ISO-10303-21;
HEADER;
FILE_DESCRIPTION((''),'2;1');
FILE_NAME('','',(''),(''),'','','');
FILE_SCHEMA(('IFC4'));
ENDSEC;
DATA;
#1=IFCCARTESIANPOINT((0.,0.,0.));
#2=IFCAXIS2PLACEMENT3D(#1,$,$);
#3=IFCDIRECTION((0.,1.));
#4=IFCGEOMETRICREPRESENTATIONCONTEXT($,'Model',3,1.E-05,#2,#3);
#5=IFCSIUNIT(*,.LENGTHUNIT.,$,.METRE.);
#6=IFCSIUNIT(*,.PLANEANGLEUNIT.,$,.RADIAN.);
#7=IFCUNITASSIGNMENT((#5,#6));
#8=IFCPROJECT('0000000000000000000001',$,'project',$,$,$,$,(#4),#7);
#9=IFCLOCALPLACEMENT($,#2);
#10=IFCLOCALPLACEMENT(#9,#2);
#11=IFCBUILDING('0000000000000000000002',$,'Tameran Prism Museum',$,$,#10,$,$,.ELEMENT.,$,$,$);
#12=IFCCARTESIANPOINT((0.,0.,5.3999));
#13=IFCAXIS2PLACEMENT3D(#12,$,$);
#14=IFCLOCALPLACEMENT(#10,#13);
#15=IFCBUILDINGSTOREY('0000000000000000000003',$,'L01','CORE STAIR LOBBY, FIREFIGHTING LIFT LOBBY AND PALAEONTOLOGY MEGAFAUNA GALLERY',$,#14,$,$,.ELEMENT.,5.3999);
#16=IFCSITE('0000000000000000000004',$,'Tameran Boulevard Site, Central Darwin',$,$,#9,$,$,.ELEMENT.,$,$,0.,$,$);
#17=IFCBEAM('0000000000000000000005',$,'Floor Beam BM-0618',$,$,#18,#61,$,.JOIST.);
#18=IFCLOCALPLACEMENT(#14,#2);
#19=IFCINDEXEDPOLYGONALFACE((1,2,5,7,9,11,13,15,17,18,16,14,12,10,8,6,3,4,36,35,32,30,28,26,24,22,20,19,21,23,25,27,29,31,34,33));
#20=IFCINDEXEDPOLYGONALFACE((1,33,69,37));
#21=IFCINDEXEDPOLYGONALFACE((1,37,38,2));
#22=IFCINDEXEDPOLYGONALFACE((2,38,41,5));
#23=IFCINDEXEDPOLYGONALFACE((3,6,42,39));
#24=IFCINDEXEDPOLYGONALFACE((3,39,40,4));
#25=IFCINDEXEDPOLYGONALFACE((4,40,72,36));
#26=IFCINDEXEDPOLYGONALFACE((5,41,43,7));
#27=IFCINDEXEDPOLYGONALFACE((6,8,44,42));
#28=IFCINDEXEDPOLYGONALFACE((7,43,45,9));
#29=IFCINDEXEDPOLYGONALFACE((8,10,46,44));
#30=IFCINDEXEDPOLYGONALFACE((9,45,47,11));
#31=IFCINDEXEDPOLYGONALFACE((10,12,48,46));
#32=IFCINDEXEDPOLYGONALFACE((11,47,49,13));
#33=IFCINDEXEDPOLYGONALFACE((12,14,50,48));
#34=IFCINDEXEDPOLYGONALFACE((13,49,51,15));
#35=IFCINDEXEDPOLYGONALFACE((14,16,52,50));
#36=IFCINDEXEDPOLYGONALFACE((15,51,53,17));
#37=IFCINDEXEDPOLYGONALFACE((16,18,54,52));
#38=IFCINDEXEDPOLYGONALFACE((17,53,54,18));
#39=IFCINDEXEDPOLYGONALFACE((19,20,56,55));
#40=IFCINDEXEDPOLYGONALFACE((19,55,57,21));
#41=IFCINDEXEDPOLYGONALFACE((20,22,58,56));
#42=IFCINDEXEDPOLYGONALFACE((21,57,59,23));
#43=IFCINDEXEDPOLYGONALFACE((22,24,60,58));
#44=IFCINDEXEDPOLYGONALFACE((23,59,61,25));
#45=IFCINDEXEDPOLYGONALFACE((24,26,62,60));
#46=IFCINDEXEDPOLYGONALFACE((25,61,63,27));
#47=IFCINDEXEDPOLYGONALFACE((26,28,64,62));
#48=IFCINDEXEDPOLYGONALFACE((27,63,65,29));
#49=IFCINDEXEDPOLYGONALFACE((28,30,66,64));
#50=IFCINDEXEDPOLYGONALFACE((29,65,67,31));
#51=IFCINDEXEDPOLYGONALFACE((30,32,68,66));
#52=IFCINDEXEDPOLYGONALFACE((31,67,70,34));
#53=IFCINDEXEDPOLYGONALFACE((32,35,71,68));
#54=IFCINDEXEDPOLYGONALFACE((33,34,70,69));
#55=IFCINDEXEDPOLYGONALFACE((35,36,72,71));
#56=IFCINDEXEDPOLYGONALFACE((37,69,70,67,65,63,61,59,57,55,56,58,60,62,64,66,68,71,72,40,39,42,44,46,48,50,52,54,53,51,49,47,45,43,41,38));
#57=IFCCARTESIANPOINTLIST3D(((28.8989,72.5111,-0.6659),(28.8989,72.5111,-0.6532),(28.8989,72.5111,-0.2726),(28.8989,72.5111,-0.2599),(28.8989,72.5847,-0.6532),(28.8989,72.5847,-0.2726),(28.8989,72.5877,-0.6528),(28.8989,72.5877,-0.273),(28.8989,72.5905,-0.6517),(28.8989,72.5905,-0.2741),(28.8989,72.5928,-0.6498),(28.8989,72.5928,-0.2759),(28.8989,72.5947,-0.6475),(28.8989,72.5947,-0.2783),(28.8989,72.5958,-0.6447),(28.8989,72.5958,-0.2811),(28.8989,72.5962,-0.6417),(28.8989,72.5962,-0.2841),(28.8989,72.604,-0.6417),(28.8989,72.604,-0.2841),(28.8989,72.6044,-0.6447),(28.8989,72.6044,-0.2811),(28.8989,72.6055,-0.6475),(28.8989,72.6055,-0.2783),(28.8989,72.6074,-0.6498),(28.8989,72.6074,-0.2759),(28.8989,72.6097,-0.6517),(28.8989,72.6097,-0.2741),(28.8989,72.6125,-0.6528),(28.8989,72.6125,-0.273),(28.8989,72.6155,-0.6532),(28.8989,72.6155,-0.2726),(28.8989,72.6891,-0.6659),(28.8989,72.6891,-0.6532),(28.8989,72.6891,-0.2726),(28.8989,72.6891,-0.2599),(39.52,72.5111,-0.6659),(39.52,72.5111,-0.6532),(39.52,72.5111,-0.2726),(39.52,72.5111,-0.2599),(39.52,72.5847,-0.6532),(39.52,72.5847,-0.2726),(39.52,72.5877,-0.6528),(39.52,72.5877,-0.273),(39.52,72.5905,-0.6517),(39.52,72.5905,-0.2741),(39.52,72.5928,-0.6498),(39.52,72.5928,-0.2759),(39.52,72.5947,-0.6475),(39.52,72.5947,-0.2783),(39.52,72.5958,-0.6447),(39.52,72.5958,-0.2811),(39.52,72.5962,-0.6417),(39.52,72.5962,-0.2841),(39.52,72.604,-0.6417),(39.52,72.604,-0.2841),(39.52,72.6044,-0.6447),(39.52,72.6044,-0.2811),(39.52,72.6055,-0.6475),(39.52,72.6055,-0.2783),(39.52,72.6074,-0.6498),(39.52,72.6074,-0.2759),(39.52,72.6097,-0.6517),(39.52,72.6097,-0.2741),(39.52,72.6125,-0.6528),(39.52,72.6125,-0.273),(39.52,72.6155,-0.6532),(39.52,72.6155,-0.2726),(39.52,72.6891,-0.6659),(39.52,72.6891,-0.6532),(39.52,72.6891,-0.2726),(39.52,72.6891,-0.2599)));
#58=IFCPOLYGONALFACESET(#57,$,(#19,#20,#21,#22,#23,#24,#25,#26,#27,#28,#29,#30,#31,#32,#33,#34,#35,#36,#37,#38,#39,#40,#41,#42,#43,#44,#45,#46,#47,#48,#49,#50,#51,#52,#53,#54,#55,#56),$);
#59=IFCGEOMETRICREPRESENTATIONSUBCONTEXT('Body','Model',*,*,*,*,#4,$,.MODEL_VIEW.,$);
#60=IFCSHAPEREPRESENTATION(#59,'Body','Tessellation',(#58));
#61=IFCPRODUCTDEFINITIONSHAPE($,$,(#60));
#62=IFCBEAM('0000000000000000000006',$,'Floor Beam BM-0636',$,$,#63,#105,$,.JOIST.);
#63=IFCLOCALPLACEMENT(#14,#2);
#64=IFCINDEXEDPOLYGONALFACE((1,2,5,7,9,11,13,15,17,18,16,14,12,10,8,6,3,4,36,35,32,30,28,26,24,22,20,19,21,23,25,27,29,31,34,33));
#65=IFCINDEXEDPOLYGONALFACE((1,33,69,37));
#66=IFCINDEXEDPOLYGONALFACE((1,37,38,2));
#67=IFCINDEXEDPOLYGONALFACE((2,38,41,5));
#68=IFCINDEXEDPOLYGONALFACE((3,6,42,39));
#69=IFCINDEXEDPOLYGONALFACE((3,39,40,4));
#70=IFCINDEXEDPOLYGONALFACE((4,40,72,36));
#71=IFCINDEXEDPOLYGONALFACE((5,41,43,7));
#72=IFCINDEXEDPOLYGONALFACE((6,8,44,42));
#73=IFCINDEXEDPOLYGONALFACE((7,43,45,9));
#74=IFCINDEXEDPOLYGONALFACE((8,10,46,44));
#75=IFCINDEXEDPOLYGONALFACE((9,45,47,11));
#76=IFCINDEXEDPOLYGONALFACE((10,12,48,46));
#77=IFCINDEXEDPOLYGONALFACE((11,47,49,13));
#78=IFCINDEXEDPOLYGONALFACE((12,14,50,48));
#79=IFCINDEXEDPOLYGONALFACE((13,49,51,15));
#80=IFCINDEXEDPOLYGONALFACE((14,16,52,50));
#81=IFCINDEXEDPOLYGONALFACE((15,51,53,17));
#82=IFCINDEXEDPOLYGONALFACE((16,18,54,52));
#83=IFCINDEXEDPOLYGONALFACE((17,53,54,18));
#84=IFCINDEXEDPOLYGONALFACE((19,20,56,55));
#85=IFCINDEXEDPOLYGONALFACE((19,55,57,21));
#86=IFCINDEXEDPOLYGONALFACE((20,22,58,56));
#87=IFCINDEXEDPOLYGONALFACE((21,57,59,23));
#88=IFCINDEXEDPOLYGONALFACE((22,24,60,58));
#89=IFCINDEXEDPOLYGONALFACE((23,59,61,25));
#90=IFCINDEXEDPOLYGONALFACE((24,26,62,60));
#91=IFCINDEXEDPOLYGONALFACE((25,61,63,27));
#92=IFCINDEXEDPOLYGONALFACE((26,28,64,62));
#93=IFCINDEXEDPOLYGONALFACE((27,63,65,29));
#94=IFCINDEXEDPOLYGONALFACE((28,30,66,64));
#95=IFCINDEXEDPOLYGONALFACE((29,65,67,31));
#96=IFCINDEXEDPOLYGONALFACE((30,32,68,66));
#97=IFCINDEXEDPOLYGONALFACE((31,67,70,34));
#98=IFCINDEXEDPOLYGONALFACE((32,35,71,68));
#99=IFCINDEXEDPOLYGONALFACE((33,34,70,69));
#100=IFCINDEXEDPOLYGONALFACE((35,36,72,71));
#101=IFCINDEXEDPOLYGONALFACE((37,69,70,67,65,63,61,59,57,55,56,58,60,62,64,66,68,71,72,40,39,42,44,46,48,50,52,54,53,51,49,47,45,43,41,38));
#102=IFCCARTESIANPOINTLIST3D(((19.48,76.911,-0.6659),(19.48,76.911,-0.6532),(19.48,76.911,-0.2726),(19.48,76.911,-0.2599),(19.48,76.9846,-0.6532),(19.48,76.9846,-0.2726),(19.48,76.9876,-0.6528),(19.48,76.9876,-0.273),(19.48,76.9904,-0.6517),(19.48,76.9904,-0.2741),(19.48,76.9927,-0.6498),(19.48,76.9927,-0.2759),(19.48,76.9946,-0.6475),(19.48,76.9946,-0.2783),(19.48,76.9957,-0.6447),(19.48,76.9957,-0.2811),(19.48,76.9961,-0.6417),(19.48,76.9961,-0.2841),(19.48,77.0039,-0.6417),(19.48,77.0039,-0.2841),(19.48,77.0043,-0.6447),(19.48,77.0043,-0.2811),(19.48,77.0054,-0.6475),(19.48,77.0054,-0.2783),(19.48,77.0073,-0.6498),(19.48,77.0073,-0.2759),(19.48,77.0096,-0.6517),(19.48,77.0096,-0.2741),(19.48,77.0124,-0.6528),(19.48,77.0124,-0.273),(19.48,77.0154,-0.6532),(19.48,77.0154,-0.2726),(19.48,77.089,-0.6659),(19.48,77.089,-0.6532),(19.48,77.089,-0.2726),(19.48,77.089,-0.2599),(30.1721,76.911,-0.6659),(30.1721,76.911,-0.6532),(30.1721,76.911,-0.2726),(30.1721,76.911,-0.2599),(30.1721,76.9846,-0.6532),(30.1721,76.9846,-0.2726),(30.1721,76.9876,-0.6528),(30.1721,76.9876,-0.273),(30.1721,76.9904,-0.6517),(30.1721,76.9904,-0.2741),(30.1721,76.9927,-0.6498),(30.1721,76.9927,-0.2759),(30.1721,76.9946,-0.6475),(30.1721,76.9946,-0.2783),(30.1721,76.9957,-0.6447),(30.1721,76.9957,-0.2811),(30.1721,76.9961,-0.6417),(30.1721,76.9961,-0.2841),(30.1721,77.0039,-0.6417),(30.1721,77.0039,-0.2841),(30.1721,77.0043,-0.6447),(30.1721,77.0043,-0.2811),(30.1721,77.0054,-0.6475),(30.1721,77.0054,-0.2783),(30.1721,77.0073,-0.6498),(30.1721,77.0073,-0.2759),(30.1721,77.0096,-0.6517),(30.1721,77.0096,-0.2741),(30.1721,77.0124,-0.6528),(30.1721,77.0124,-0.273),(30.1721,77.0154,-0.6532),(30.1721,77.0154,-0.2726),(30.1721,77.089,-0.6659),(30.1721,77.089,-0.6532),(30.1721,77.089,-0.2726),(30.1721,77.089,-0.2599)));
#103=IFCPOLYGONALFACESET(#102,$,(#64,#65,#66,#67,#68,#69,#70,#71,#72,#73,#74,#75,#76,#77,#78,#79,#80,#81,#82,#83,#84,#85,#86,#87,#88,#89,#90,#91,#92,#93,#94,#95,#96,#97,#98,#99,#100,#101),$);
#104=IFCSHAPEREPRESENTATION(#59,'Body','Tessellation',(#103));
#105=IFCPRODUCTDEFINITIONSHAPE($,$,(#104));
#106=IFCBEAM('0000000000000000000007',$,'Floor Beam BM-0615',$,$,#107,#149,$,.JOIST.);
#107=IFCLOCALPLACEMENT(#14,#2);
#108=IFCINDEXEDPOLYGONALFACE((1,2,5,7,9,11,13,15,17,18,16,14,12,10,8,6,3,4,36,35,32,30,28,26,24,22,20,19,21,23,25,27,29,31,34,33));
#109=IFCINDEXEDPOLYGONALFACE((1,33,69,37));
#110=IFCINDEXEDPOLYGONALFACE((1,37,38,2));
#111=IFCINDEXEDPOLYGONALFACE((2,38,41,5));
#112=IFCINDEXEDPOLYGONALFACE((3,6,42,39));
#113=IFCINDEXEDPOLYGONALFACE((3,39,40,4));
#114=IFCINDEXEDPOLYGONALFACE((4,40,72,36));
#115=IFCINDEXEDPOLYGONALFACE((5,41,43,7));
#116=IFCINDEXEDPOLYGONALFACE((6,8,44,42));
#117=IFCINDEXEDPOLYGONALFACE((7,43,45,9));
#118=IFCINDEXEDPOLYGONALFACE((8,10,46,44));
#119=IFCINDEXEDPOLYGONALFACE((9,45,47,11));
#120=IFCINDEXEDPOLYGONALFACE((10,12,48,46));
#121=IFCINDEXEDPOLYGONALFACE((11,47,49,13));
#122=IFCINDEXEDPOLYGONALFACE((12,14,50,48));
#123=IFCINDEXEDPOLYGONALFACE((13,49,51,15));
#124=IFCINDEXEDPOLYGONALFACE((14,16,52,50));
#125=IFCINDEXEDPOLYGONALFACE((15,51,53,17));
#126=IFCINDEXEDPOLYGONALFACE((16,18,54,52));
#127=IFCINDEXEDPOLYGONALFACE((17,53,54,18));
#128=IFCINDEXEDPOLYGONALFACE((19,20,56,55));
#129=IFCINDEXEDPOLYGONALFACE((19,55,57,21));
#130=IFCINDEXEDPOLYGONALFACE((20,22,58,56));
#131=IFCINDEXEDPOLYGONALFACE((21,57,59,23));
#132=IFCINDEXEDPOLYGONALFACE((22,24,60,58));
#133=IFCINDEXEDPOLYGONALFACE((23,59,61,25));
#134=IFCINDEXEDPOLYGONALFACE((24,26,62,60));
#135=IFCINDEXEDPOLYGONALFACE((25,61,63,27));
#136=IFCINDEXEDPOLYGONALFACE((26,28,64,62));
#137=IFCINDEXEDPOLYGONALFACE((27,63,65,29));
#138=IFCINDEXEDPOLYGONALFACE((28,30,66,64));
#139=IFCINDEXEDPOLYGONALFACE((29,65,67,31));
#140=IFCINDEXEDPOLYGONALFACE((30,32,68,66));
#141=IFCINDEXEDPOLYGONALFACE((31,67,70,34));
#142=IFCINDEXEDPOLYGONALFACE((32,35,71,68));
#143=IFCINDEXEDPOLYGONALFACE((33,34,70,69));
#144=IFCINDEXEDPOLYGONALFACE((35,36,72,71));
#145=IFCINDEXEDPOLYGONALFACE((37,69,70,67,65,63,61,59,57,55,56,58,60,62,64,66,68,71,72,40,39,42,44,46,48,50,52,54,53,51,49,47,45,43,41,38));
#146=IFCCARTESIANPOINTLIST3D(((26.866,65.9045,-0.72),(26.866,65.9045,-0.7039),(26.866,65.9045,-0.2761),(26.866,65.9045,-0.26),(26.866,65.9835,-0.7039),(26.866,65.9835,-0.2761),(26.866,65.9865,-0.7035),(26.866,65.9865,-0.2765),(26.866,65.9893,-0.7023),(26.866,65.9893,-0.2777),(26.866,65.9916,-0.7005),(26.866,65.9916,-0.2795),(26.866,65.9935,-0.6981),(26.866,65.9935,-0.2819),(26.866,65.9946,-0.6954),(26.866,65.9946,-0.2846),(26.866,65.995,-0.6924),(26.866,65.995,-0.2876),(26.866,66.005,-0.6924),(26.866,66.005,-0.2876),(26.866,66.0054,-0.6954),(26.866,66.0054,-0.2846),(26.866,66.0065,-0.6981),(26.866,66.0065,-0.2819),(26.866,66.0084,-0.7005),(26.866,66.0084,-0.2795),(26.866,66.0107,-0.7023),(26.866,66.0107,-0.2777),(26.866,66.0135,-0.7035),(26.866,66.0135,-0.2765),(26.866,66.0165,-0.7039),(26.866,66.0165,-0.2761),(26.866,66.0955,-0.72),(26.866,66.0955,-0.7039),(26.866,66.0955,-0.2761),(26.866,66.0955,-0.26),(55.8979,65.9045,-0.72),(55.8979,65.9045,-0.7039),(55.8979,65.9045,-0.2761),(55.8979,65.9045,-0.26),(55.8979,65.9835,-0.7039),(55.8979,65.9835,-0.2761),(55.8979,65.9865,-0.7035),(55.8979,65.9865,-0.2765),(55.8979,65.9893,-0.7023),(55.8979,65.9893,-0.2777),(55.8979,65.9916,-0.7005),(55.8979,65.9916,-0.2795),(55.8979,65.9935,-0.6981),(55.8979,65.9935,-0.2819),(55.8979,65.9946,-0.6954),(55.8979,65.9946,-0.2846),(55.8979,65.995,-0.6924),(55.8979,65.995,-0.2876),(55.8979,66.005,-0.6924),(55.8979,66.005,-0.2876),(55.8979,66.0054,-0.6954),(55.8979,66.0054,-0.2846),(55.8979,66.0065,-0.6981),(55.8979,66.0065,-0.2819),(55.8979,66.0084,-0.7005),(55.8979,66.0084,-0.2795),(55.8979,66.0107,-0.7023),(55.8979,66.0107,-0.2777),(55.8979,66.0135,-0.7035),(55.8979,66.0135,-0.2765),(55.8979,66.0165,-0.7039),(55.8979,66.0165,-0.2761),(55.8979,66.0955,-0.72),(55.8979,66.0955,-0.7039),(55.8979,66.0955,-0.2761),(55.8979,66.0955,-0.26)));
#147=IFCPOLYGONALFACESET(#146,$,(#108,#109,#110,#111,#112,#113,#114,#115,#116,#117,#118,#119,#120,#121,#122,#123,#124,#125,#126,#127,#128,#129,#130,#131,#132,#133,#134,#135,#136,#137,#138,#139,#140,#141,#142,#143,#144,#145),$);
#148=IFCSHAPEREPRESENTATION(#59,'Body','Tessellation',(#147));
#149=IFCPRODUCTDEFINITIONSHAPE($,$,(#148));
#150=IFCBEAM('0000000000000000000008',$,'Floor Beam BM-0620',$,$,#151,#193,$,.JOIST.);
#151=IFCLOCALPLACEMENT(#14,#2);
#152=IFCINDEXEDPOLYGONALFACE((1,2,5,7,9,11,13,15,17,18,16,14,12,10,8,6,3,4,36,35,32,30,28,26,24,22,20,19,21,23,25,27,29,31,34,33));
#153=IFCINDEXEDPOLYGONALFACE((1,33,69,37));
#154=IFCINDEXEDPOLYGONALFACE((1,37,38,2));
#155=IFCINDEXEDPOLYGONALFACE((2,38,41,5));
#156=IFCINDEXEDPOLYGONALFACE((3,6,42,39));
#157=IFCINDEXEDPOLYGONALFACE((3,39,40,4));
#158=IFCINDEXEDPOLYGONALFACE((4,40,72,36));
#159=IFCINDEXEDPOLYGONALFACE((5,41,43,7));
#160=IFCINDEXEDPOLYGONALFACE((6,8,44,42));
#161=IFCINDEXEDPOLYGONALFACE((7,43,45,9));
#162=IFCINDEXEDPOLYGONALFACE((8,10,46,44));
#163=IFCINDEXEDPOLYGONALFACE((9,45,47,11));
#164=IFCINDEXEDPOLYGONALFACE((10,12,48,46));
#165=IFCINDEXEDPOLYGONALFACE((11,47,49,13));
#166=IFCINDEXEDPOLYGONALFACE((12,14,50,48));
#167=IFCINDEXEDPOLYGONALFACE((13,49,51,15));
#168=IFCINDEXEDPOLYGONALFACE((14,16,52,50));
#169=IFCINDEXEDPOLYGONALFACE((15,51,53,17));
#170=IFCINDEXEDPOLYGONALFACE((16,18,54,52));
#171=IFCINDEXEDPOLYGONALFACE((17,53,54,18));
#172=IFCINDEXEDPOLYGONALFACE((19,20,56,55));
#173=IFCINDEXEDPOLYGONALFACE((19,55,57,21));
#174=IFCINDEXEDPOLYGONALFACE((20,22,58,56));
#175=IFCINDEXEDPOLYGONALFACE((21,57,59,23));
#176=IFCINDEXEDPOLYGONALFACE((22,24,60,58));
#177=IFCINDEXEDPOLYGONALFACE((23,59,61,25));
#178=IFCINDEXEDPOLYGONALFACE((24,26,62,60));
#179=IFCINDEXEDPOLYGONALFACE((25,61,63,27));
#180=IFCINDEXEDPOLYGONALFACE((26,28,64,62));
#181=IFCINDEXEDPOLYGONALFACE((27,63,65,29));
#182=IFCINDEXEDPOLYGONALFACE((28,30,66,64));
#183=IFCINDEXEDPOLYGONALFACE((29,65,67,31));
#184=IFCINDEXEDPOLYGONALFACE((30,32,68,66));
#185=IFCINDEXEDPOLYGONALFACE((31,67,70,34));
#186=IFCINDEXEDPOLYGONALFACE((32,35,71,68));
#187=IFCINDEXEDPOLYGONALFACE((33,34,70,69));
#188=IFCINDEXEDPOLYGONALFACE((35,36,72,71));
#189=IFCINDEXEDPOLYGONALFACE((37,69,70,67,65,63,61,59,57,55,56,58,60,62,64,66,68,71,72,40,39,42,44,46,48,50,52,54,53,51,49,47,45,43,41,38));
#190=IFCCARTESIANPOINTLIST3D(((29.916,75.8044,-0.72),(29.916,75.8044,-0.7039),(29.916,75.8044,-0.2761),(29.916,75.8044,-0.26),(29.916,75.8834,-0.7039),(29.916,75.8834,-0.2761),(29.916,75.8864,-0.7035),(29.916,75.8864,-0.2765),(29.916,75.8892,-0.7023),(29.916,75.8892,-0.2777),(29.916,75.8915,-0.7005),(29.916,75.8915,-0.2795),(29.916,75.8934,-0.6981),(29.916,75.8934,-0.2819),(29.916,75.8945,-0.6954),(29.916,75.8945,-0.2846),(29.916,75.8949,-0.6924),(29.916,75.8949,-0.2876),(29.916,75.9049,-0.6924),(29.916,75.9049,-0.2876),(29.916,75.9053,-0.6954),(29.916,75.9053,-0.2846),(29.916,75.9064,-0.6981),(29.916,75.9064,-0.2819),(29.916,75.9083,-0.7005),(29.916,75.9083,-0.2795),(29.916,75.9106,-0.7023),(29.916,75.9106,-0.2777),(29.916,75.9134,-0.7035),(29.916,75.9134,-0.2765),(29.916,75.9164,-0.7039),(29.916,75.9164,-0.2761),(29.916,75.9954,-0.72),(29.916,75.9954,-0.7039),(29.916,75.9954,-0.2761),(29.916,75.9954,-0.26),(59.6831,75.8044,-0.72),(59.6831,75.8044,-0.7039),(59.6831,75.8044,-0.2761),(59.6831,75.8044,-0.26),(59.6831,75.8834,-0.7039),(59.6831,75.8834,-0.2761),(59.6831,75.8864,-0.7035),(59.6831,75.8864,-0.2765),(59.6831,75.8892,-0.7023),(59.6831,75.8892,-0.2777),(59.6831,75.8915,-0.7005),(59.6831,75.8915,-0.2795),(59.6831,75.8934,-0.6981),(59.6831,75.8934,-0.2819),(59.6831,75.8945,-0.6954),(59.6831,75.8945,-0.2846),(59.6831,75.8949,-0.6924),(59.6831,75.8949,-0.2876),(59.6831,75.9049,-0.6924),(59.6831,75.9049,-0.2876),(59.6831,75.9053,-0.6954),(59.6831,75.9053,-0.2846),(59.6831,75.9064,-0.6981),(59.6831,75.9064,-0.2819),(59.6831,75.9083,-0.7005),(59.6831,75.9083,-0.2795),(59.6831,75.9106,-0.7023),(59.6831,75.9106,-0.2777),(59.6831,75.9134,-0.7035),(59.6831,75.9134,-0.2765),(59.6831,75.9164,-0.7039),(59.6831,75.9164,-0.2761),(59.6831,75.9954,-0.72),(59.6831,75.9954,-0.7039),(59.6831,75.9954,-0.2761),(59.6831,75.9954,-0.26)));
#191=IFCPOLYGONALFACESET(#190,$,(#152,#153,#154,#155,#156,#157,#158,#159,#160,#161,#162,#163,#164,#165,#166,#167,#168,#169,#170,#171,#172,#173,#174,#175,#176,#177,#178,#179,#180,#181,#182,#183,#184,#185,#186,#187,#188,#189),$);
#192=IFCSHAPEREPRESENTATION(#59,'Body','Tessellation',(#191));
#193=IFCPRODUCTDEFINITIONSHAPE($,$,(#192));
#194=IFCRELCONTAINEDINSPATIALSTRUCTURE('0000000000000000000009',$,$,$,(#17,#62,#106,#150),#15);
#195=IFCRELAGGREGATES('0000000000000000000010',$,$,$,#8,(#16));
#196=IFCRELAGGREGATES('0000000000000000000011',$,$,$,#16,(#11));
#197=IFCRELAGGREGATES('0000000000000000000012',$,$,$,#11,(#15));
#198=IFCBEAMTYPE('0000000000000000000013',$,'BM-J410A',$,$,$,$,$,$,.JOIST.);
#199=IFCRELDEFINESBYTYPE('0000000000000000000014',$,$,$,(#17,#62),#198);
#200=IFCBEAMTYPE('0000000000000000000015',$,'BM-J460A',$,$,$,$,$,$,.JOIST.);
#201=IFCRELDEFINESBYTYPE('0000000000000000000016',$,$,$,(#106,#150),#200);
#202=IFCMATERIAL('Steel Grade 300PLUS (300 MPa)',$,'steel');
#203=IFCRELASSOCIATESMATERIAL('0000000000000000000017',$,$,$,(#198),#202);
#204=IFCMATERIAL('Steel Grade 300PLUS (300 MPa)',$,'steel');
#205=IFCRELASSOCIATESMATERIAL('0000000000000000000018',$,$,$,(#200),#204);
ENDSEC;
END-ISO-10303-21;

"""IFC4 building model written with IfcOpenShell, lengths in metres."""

from ifc_helpers import new_model, si_unit, direction, frame, origin, origin_2d, place, context, subcontext, project, spatial, i_section, extrude, material, material_profile, profile_set, type_object, element, save


model = new_model("IFC4")

# Units and contexts
model_context = context("Model", 3, precision=1e-05, world=origin(), true_north=direction((0.0, 1.0)))
body_context = subcontext(model_context, "Body", "Model", "MODEL_VIEW")
ifc_project = project(units=[si_unit("LENGTHUNIT", "METRE"), si_unit("PLANEANGLEUNIT", "RADIAN")], contexts=[model_context])

# Site, building, storey
site_placement = place(None, origin())
site = spatial("IfcSite", under=ifc_project, at=site_placement, Name="Tameran Boulevard Site, Central Darwin", CompositionType="ELEMENT", RefElevation=0.0)
building_placement = place(site_placement, origin())
building = spatial("IfcBuilding", under=site, at=building_placement, Name="Tameran Prism Museum", CompositionType="ELEMENT")
storey_placement = place(building_placement, frame((0.0, 0.0, 5.3999)))
storey = spatial("IfcBuildingStorey", under=building, at=storey_placement, Name="L01", Description="CORE STAIR LOBBY, FIREFIGHTING LIFT LOBBY AND PALAEONTOLOGY MEGAFAUNA GALLERY", CompositionType="ELEMENT", Elevation=5.3999)

# Beams
ifc_material_1 = material(Name="Steel Grade 300PLUS (300 MPa)", Category="steel")
ifc_material_profile_1 = material_profile(ifc_material_1, i_section(OverallWidth=0.178, OverallDepth=0.406, WebThickness=0.0078, FlangeThickness=0.0127, FilletRadius=0.0115, at=origin_2d()))
ifc_profile_set_1 = profile_set([ifc_material_profile_1])
beam_type_1 = type_object("IfcBeamType", Name="BM-J410A", PredefinedType="JOIST", material=ifc_profile_set_1)
beam_1_placement = place(storey_placement, frame((28.8989, 72.6001, -0.4629), z_axis=(1.0, 0.0, 0.0), x_axis=(0.0, 1.0, 0.0)))
element("IfcBeam", 1, at=beam_1_placement, inside=storey, type_object=beam_type_1, Name="Floor Beam BM-0618", PredefinedType="JOIST", context=body_context, shape_type="SweptSolid", body=[
    extrude(i_section(OverallWidth=0.178, OverallDepth=0.406, WebThickness=0.0078, FlangeThickness=0.0127, FilletRadius=0.0115, at=origin_2d()), origin(), (0.0, 0.0, 1.0), 10.6211),
])
beam_2_placement = place(storey_placement, frame((19.48, 77.0, -0.4629), z_axis=(1.0, 0.0, 0.0), x_axis=(0.0, 1.0, 0.0)))
element("IfcBeam", 2, at=beam_2_placement, inside=storey, type_object=beam_type_1, Name="Floor Beam BM-0636", PredefinedType="JOIST", context=body_context, shape_type="SweptSolid", body=[
    extrude(i_section(OverallWidth=0.178, OverallDepth=0.406, WebThickness=0.0078, FlangeThickness=0.0127, FilletRadius=0.0115, at=origin_2d()), origin(), (0.0, 0.0, 1.0), 10.6921),
])
ifc_material_2 = material(Name="Steel Grade 300PLUS (300 MPa)", Category="steel")
ifc_material_profile_2 = material_profile(ifc_material_2, i_section(OverallWidth=0.1909, OverallDepth=0.46, WebThickness=0.01, FlangeThickness=0.0161, FilletRadius=0.0115, at=origin_2d()))
ifc_profile_set_2 = profile_set([ifc_material_profile_2])
beam_type_2 = type_object("IfcBeamType", Name="BM-J460A", PredefinedType="JOIST", material=ifc_profile_set_2)
beam_3_placement = place(storey_placement, frame((26.866, 66.0, -0.49), z_axis=(1.0, 0.0, 0.0), x_axis=(0.0, 1.0, 0.0)))
element("IfcBeam", 3, at=beam_3_placement, inside=storey, type_object=beam_type_2, Name="Floor Beam BM-0615", PredefinedType="JOIST", context=body_context, shape_type="SweptSolid", body=[
    extrude(i_section(OverallWidth=0.1909, OverallDepth=0.46, WebThickness=0.01, FlangeThickness=0.0161, FilletRadius=0.0115, at=origin_2d()), origin(), (0.0, 0.0, 1.0), 29.032),
])
beam_4_placement = place(storey_placement, frame((29.916, 75.8999, -0.49), z_axis=(1.0, 0.0, 0.0), x_axis=(0.0, 1.0, 0.0)))
element("IfcBeam", 4, at=beam_4_placement, inside=storey, type_object=beam_type_2, Name="Floor Beam BM-0620", PredefinedType="JOIST", context=body_context, shape_type="SweptSolid", body=[
    extrude(i_section(OverallWidth=0.1909, OverallDepth=0.46, WebThickness=0.01, FlangeThickness=0.0161, FilletRadius=0.0115, at=origin_2d()), origin(), (0.0, 0.0, 1.0), 29.7671),
])

save(model, "model.ifc")
